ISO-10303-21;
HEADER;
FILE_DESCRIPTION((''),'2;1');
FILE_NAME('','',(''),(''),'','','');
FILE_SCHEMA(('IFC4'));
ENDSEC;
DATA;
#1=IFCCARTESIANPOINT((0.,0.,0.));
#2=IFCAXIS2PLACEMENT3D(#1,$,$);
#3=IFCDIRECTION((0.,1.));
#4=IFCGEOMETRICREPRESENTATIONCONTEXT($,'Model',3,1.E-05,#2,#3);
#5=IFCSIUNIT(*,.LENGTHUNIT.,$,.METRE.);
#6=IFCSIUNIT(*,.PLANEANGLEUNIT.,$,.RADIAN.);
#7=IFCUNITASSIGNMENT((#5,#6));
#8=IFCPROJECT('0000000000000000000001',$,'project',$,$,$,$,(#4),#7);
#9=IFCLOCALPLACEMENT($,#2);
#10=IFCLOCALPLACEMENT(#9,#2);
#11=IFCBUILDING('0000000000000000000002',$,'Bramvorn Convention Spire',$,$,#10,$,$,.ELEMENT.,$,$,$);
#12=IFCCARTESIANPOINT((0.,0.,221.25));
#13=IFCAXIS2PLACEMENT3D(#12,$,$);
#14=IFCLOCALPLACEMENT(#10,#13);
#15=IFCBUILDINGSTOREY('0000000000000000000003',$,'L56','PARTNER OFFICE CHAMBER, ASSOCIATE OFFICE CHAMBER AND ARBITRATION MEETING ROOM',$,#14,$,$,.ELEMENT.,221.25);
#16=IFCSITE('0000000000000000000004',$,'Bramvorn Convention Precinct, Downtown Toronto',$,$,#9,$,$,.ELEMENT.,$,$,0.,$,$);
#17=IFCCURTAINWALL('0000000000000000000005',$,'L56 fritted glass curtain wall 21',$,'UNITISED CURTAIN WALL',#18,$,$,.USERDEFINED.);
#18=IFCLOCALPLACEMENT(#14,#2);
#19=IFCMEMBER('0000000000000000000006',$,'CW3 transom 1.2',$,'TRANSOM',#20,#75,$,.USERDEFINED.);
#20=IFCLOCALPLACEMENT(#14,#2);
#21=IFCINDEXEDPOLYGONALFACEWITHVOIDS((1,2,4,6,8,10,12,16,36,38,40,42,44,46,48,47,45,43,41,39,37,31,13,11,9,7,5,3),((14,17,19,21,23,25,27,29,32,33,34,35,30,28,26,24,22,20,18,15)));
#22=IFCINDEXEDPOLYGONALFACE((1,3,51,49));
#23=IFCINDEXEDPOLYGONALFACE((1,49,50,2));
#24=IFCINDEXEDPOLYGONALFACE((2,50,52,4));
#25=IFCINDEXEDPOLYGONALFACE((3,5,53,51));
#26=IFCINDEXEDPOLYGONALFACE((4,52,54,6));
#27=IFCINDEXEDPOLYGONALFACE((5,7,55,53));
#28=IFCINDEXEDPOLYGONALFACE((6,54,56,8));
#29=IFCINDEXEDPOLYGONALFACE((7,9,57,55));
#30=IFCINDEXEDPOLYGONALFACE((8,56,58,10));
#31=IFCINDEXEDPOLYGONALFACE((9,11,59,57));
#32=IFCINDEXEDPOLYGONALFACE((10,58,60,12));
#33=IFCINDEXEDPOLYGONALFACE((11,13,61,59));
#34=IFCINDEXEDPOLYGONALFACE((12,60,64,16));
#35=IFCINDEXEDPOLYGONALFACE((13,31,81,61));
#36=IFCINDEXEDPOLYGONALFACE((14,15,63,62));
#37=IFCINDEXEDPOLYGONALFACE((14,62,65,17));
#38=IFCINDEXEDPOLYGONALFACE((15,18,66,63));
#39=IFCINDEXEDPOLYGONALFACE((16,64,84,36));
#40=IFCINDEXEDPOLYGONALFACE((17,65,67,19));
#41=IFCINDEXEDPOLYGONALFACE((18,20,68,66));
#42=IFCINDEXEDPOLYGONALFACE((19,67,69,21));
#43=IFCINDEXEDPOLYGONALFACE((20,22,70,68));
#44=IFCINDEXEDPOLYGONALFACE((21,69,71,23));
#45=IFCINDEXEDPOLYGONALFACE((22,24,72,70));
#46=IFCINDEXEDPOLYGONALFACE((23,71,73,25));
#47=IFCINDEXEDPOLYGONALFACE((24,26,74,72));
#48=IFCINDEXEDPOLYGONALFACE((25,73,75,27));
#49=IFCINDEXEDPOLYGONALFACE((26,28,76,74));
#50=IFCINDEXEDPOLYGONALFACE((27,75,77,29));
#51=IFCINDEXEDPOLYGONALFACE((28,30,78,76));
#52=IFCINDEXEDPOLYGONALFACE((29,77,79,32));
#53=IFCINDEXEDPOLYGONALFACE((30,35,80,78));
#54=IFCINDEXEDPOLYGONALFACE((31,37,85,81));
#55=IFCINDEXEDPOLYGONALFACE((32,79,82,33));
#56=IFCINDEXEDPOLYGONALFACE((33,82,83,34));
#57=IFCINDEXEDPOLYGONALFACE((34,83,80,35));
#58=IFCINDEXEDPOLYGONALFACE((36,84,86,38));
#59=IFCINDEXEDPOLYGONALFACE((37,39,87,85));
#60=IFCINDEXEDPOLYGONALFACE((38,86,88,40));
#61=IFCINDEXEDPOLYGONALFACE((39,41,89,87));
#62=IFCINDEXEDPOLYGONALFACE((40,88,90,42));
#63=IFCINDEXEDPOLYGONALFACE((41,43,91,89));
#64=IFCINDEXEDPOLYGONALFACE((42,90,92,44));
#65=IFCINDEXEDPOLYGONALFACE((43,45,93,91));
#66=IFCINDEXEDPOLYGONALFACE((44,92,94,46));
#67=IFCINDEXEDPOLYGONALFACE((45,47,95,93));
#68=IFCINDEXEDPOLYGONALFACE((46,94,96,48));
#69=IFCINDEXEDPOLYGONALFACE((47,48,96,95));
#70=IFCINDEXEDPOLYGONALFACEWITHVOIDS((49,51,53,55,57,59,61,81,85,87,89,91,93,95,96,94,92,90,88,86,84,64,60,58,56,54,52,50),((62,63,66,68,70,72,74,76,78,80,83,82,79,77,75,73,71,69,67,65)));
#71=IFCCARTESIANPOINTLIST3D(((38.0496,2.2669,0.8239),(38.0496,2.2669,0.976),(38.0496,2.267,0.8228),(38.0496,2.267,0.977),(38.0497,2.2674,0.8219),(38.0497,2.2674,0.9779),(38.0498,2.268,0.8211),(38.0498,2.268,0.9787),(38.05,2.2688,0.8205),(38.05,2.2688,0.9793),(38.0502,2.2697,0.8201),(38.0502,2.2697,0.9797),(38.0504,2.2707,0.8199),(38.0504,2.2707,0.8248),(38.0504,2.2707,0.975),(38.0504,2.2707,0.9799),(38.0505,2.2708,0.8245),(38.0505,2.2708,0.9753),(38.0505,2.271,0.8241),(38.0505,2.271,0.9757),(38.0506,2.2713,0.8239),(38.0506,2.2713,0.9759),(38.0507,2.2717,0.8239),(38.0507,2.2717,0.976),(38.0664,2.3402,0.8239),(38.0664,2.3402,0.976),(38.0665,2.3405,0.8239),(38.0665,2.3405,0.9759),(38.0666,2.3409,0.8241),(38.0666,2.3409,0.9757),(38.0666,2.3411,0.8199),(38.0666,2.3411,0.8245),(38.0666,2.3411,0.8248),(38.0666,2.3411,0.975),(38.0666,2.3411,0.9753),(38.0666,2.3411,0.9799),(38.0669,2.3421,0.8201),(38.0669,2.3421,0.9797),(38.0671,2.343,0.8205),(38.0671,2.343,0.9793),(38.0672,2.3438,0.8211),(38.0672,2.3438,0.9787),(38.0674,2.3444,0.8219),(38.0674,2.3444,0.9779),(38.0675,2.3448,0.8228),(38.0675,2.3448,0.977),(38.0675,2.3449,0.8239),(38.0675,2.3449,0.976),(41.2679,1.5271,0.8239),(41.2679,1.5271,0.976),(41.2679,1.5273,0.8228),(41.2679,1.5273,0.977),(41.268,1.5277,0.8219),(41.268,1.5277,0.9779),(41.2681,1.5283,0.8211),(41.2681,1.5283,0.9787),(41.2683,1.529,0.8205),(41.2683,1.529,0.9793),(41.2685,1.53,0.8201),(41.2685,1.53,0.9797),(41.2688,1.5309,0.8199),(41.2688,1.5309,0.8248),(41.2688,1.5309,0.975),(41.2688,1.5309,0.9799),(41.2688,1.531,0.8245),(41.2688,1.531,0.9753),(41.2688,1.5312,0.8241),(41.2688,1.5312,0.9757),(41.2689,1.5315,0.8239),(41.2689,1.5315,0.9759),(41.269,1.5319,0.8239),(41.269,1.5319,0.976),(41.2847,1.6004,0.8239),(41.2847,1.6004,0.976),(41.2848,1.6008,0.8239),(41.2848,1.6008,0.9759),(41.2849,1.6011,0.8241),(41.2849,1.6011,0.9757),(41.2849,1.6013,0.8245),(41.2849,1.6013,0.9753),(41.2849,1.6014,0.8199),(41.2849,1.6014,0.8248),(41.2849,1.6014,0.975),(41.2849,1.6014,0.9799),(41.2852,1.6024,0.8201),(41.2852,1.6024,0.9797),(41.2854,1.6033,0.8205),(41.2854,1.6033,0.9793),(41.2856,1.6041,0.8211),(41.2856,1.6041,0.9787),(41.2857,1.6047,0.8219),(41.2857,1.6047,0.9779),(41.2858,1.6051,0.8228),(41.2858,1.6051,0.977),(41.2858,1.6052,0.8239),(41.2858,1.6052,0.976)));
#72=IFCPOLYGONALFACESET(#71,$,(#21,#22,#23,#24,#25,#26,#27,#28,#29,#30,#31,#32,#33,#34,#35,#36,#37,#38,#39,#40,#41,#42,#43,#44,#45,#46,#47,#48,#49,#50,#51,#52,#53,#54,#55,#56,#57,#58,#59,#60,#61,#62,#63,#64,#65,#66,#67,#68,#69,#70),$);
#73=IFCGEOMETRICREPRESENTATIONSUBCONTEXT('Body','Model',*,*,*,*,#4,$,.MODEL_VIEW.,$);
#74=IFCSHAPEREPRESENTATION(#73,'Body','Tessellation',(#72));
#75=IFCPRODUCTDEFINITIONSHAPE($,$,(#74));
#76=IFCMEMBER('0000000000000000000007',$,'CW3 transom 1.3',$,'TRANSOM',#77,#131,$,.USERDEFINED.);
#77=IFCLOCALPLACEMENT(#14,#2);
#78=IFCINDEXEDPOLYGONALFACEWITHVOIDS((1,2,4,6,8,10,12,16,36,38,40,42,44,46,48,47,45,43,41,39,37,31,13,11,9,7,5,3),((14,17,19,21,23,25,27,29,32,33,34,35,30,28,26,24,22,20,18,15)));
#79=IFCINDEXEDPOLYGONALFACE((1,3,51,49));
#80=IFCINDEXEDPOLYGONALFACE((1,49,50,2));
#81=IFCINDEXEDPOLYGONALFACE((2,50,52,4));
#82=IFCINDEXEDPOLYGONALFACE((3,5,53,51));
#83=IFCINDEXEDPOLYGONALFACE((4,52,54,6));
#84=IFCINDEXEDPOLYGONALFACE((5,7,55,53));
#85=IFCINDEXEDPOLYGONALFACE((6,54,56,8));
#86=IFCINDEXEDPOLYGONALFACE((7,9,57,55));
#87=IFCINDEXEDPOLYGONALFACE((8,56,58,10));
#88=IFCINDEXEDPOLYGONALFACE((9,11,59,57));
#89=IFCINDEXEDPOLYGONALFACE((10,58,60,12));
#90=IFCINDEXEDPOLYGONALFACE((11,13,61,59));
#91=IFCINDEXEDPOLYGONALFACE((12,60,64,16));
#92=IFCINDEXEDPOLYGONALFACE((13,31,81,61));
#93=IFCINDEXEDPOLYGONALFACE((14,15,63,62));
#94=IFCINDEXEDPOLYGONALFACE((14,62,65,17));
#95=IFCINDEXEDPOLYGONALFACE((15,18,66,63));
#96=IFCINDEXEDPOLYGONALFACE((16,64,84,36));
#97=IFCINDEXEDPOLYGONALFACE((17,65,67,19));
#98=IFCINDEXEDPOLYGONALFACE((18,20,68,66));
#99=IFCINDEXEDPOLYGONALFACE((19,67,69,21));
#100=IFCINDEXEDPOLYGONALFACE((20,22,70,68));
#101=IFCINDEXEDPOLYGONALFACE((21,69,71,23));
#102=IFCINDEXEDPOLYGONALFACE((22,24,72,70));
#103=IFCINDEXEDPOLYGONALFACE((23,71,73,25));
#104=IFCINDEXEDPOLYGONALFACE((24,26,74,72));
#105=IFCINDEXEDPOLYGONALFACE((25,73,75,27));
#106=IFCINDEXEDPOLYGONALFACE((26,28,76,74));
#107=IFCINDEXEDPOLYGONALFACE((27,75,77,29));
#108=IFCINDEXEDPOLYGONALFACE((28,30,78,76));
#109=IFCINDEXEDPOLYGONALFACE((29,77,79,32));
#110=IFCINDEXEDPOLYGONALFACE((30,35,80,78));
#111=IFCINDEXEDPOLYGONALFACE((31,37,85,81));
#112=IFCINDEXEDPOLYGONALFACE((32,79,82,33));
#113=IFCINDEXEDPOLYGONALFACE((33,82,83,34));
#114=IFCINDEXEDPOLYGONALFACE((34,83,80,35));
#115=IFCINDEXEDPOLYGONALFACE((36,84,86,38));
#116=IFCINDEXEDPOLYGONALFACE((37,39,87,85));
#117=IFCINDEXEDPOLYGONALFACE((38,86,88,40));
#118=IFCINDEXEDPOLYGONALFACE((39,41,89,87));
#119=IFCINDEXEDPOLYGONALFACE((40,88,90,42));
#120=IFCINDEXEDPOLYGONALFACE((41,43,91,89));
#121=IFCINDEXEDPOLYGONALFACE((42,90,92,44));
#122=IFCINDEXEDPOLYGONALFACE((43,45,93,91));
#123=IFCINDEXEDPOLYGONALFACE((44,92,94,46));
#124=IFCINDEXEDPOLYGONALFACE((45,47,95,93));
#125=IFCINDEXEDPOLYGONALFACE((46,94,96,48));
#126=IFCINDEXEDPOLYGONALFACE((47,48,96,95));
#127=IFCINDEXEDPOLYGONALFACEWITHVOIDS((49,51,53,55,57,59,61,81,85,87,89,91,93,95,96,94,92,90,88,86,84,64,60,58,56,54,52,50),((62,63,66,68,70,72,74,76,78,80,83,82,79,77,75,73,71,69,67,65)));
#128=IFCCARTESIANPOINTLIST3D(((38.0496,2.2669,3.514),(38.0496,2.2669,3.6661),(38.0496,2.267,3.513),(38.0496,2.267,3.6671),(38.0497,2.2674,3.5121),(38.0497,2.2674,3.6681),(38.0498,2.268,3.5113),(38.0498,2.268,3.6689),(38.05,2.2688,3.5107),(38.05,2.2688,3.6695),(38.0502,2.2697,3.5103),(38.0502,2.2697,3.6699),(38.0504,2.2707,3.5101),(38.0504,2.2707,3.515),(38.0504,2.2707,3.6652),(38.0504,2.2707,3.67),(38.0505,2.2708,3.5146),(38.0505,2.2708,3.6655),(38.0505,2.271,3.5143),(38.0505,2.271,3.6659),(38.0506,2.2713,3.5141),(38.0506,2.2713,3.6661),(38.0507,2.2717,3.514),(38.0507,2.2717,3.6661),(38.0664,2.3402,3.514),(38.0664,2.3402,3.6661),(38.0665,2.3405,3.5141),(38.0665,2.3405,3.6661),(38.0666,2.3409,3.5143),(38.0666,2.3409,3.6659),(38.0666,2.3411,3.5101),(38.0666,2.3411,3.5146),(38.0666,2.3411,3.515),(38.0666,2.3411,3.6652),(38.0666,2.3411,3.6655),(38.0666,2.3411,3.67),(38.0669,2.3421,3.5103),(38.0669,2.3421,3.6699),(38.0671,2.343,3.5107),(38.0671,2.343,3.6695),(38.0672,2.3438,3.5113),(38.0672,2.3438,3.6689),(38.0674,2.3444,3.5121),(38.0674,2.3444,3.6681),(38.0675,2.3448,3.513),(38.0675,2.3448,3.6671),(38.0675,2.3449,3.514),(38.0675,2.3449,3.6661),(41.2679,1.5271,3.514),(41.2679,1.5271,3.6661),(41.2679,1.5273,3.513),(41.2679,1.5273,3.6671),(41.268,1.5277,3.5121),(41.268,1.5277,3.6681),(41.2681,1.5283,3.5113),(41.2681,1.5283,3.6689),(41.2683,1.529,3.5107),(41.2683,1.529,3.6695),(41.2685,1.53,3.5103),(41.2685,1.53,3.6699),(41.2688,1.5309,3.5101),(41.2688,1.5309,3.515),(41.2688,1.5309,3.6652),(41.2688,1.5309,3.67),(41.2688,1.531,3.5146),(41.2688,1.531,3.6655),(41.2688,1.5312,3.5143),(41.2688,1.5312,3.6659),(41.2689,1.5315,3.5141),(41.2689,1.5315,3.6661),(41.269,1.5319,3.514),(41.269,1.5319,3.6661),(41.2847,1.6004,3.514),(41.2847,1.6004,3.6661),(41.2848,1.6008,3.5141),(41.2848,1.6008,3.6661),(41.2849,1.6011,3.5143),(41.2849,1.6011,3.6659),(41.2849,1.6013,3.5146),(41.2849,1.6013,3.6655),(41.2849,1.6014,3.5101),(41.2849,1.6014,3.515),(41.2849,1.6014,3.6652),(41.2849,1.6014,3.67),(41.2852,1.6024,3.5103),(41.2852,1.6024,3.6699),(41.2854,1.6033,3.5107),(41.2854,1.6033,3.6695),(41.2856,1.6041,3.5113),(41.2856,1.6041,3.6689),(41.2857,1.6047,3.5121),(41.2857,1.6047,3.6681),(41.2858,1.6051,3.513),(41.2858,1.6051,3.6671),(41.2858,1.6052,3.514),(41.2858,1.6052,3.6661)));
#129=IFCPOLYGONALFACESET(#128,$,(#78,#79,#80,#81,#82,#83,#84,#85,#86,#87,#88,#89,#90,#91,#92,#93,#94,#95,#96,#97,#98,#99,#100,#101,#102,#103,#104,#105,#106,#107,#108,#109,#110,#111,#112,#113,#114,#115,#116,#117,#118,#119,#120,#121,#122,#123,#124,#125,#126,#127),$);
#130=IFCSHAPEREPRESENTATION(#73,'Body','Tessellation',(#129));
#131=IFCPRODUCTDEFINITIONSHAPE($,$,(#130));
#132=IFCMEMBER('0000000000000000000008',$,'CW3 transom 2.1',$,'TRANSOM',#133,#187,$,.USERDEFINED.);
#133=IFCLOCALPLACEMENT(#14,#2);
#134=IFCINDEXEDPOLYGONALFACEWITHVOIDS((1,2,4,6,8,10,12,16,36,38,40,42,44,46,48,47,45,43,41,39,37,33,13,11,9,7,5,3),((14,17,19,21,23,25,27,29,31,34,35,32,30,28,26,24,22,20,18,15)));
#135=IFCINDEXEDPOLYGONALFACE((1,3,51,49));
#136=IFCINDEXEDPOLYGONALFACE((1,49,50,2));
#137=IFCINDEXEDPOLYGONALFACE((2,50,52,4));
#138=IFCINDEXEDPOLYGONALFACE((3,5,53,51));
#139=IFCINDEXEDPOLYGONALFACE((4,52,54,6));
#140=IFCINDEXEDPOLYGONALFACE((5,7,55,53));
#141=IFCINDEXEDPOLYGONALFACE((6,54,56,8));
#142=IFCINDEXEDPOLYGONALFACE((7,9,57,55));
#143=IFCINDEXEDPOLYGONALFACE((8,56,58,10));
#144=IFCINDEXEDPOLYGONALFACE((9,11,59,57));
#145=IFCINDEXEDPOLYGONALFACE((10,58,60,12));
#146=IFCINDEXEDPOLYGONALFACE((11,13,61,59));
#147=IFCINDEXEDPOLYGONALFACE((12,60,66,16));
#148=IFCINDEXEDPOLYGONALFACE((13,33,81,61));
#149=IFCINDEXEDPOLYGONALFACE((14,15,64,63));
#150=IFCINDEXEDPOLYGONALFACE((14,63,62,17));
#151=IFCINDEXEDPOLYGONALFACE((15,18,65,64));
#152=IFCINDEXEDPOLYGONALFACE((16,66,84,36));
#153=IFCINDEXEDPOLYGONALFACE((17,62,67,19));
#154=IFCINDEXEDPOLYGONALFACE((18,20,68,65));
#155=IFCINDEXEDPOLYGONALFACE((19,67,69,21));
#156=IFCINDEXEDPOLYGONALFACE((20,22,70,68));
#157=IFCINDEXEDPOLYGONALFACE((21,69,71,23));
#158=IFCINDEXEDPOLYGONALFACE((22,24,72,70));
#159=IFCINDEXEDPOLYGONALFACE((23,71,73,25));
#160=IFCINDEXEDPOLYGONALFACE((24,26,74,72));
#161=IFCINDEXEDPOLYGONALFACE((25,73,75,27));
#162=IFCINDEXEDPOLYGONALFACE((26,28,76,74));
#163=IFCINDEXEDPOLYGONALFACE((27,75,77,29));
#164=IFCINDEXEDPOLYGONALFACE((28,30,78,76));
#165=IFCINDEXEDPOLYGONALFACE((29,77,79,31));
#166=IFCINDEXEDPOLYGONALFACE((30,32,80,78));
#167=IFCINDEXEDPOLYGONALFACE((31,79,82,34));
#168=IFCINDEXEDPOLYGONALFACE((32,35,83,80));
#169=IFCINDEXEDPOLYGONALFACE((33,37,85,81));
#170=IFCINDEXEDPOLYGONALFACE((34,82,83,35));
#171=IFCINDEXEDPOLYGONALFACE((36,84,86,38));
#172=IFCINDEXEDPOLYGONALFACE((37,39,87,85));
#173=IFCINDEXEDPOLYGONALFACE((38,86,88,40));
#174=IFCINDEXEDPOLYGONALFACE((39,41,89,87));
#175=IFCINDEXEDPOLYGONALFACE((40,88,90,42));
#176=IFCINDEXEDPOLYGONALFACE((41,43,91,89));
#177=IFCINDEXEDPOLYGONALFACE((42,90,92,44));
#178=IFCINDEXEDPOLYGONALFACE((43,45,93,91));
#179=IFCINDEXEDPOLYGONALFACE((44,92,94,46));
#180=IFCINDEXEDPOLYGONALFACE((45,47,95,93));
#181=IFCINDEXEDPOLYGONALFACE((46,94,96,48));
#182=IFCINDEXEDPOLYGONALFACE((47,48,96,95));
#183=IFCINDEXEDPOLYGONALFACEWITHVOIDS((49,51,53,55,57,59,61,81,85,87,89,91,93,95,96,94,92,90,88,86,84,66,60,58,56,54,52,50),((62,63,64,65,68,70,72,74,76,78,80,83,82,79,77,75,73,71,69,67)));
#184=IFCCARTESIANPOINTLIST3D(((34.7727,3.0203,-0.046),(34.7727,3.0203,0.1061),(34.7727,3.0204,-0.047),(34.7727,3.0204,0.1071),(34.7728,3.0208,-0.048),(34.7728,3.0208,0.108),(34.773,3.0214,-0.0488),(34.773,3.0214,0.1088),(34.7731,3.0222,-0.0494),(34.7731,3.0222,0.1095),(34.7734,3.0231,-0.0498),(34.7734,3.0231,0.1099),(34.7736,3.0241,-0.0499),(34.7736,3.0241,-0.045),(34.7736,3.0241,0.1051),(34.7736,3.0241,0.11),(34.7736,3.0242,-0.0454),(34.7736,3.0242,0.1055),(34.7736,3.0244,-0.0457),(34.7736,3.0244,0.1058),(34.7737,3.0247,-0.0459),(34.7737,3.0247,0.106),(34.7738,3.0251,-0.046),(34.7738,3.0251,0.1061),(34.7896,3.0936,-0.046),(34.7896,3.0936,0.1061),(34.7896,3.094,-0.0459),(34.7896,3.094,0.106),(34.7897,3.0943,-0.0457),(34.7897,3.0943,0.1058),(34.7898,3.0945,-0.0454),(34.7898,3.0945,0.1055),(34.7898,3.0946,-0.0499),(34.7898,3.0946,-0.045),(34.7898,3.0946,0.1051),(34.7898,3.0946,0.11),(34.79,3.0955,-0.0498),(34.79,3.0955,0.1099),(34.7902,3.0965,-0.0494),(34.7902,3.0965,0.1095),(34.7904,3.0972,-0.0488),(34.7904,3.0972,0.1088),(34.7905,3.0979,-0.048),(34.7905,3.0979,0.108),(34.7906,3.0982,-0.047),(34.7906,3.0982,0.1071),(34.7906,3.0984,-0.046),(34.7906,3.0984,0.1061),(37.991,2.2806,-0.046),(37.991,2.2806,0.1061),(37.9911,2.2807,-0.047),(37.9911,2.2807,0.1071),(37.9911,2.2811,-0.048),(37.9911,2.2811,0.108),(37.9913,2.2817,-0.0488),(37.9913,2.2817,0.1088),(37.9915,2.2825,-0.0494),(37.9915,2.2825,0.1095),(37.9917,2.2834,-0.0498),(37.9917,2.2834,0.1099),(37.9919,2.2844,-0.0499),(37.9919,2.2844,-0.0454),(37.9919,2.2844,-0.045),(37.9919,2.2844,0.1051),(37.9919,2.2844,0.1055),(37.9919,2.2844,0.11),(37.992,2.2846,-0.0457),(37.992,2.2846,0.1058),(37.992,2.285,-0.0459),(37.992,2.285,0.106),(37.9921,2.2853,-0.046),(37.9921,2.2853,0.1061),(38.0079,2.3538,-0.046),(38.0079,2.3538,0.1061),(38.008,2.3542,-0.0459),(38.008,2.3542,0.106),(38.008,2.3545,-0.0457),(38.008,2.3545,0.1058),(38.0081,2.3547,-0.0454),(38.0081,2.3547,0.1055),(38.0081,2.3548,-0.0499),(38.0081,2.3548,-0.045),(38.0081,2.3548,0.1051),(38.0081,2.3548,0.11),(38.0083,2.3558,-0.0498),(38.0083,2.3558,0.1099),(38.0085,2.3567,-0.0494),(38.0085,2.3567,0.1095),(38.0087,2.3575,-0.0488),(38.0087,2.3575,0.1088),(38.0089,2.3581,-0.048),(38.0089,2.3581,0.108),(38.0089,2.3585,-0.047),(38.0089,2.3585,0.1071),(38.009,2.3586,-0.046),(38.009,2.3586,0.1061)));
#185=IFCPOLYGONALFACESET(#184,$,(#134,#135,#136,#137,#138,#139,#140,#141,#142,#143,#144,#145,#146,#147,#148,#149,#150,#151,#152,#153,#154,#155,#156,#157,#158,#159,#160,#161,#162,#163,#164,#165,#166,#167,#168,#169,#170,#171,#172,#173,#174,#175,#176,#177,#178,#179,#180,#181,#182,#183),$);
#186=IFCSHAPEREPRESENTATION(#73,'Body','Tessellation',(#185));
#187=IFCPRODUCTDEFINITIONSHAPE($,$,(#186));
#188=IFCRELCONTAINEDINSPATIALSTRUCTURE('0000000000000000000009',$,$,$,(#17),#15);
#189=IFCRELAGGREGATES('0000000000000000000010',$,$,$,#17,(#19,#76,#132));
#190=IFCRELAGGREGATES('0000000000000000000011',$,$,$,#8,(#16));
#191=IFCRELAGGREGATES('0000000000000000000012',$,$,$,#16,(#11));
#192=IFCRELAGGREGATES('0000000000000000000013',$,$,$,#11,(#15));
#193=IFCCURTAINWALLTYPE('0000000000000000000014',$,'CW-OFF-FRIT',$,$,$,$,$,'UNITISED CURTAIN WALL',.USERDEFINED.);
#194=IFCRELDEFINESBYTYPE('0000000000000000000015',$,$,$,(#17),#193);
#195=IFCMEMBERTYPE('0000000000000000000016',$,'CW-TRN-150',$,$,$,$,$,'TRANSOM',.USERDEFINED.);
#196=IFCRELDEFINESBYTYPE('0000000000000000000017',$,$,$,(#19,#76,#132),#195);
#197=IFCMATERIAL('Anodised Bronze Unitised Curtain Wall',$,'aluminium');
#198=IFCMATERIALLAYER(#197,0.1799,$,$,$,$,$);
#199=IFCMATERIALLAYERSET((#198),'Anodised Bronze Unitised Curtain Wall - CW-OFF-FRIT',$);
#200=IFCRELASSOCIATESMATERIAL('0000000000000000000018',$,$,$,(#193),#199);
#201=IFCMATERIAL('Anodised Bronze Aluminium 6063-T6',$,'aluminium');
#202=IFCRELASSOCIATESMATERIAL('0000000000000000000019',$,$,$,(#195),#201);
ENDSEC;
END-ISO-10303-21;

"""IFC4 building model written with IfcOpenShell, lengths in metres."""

from ifc_helpers import new_model, si_unit, direction, frame, origin, origin_2d, place, context, subcontext, project, spatial, hollow_rectangle, extrude, material, layer, layer_set, material_profile, profile_set, type_object, element, aggregate, save


model = new_model("IFC4")

# Units and contexts
model_context = context("Model", 3, precision=1e-05, world=origin(), true_north=direction((0.0, 1.0)))
body_context = subcontext(model_context, "Body", "Model", "MODEL_VIEW")
ifc_project = project(units=[si_unit("LENGTHUNIT", "METRE"), si_unit("PLANEANGLEUNIT", "RADIAN")], contexts=[model_context])

# Site, building, storey
site_placement = place(None, origin())
site = spatial("IfcSite", under=ifc_project, at=site_placement, Name="Bramvorn Convention Precinct, Downtown Toronto", CompositionType="ELEMENT", RefElevation=0.0)
building_placement = place(site_placement, origin())
building = spatial("IfcBuilding", under=site, at=building_placement, Name="Bramvorn Convention Spire", CompositionType="ELEMENT")
storey_placement = place(building_placement, frame((0.0, 0.0, 221.25)))
storey = spatial("IfcBuildingStorey", under=building, at=storey_placement, Name="L56", Description="PARTNER OFFICE CHAMBER, ASSOCIATE OFFICE CHAMBER AND ARBITRATION MEETING ROOM", CompositionType="ELEMENT", Elevation=221.25)

# Curtain wall, members
ifc_material_1 = material(Name="Anodised Bronze Unitised Curtain Wall", Category="aluminium")
ifc_layer_1 = layer(ifc_material_1, 0.1799)
ifc_layer_set_1 = layer_set([ifc_layer_1], Name="Anodised Bronze Unitised Curtain Wall - CW-OFF-FRIT")
curtain_wall_type = type_object("IfcCurtainWallType", Name="CW-OFF-FRIT", ElementType="UNITISED CURTAIN WALL", PredefinedType="USERDEFINED", material=ifc_layer_set_1)
curtain_wall_placement = place(storey_placement, origin())
curtain_wall = element("IfcCurtainWall", 1, at=curtain_wall_placement, inside=storey, type_object=curtain_wall_type, Name="L56 fritted glass curtain wall 21", ObjectType="UNITISED CURTAIN WALL", PredefinedType="USERDEFINED")
ifc_material_2 = material(Name="Anodised Bronze Aluminium 6063-T6", Category="aluminium")
ifc_material_profile_1 = material_profile(ifc_material_2, hollow_rectangle(XDim=0.0801, YDim=0.1599, WallThickness=0.0039, InnerFilletRadius=0.001, OuterFilletRadius=0.0039, at=origin_2d()))
ifc_profile_set_1 = profile_set([ifc_material_profile_1], Name="Anodised Bronze Aluminium 6063-T6 - CWT80X160")
member_type_1 = type_object("IfcMemberType", Name="CW-TRN-150", ElementType="TRANSOM", PredefinedType="USERDEFINED", material=ifc_profile_set_1)
member_1_placement = place(storey_placement, frame((41.2769, 1.5662, 0.8999), z_axis=(-0.974585, 0.224017, 0.0), x_axis=(-0.224017, -0.974585, 0.0)))
member_1 = element("IfcMember", 2, at=member_1_placement, type_object=member_type_1, Name="CW3 transom 1.2", ObjectType="TRANSOM", PredefinedType="USERDEFINED", context=body_context, shape_type="SweptSolid", body=[
    extrude(hollow_rectangle(XDim=0.0801, YDim=0.1599, WallThickness=0.0039, InnerFilletRadius=0.001, OuterFilletRadius=0.0039, at=origin_2d()), origin(), (0.0, 0.0, 1.0), 3.3022),
])
member_2_placement = place(storey_placement, frame((41.2769, 1.5662, 3.5901), z_axis=(-0.974585, 0.224017, 0.0), x_axis=(-0.224017, -0.974585, 0.0)))
member_2 = element("IfcMember", 3, at=member_2_placement, type_object=member_type_1, Name="CW3 transom 1.3", ObjectType="TRANSOM", PredefinedType="USERDEFINED", context=body_context, shape_type="SweptSolid", body=[
    extrude(hollow_rectangle(XDim=0.0801, YDim=0.1599, WallThickness=0.0039, InnerFilletRadius=0.001, OuterFilletRadius=0.0039, at=origin_2d()), origin(), (0.0, 0.0, 1.0), 3.3022),
])
member_3_placement = place(storey_placement, frame((38.0, 2.3196, 0.03), z_axis=(-0.974585, 0.224017, 0.0), x_axis=(-0.224017, -0.974585, 0.0)))
member_3 = element("IfcMember", 4, at=member_3_placement, type_object=member_type_1, Name="CW3 transom 2.1", ObjectType="TRANSOM", PredefinedType="USERDEFINED", context=body_context, shape_type="SweptSolid", body=[
    extrude(hollow_rectangle(XDim=0.0801, YDim=0.1599, WallThickness=0.0039, InnerFilletRadius=0.001, OuterFilletRadius=0.0039, at=origin_2d()), origin(), (0.0, 0.0, 1.0), 3.3022),
])
aggregate(curtain_wall, [member_1, member_2, member_3])

save(model, "model.ifc")
